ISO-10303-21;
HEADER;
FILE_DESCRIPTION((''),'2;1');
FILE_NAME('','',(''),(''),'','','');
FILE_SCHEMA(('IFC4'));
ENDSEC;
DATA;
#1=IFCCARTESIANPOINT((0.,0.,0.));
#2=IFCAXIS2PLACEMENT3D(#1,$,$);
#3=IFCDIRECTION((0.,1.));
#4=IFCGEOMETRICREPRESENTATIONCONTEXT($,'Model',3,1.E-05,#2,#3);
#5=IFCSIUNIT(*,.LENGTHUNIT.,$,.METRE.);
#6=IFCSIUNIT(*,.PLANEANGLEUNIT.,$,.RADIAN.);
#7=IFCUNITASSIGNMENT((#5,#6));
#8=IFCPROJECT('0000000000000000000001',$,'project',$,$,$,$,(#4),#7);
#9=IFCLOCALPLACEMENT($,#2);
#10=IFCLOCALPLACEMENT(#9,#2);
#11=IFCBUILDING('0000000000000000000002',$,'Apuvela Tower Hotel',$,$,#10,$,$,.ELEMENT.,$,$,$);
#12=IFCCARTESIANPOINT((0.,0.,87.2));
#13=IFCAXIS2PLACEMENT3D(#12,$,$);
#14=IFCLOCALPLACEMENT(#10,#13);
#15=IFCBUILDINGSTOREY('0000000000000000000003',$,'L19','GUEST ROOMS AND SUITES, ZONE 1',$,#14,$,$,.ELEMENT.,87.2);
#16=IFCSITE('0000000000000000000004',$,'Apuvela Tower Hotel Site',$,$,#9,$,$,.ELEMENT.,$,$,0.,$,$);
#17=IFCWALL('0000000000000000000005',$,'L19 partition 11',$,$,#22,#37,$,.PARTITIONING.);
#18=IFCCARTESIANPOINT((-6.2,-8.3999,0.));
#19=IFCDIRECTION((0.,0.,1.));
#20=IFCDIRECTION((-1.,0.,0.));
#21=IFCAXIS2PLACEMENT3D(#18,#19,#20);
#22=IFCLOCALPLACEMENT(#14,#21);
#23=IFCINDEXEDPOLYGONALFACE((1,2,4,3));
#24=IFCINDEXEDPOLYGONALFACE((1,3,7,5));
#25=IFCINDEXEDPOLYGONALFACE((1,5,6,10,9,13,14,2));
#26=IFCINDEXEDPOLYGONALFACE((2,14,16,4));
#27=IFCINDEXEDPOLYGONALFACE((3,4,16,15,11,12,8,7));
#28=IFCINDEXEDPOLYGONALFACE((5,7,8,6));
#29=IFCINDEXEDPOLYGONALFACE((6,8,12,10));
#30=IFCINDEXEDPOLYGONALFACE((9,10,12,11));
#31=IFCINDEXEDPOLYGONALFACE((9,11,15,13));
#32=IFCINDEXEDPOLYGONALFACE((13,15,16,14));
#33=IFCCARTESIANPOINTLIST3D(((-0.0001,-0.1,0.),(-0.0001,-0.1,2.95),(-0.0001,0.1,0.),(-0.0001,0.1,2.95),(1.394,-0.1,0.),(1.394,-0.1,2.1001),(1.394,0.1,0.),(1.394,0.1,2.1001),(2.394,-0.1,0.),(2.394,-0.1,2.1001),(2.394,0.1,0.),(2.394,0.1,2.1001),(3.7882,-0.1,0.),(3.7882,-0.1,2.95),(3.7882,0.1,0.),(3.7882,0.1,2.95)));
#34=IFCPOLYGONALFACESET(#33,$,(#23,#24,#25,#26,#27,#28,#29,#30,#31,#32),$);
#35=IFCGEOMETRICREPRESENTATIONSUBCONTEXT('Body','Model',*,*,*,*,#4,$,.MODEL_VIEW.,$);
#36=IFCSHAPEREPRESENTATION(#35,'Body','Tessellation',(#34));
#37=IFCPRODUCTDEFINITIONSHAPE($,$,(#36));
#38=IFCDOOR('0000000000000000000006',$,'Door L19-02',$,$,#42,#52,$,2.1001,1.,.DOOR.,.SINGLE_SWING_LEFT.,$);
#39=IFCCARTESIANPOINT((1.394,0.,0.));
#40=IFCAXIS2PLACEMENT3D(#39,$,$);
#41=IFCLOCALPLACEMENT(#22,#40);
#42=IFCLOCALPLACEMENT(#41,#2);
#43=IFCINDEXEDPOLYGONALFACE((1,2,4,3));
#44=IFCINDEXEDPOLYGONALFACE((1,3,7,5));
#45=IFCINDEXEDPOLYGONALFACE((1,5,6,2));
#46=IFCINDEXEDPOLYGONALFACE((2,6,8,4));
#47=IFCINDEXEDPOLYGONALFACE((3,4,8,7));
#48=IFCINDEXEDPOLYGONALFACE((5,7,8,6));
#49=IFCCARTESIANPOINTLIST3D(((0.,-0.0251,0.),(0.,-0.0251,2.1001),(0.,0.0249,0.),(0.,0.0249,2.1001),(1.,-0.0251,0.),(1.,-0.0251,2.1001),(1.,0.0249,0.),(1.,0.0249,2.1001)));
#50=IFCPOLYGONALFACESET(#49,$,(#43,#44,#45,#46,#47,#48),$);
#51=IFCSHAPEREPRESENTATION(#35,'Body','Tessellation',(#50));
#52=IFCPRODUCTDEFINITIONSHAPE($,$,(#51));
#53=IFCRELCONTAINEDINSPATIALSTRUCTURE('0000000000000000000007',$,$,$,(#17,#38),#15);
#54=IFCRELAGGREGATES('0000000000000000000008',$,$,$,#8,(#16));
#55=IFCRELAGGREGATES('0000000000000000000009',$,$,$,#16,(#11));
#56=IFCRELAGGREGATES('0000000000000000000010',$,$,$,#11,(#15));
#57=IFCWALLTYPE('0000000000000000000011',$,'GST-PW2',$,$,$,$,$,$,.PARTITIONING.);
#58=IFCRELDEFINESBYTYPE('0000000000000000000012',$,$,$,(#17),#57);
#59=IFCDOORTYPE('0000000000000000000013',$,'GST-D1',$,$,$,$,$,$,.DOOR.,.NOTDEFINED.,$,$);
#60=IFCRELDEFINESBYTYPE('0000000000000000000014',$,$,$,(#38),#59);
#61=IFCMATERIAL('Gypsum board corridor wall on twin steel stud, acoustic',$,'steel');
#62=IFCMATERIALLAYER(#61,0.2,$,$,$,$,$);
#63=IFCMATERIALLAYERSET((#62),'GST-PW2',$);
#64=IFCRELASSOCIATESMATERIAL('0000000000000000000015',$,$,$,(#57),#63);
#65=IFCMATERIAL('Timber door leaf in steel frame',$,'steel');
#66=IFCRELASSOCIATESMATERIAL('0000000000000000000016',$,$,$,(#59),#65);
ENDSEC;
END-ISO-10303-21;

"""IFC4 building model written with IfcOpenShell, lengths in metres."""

from ifc_helpers import new_model, si_unit, direction, frame, frame_2d, origin, place, context, subcontext, project, spatial, rectangle, extrude, material, layer, layer_set, type_object, element, fill, save


model = new_model("IFC4")

# Units and contexts
model_context = context("Model", 3, precision=1e-05, world=origin(), true_north=direction((0.0, 1.0)))
body_context = subcontext(model_context, "Body", "Model", "MODEL_VIEW")
ifc_project = project(units=[si_unit("LENGTHUNIT", "METRE"), si_unit("PLANEANGLEUNIT", "RADIAN")], contexts=[model_context])

# Site, building, storey
site_placement = place(None, origin())
site = spatial("IfcSite", under=ifc_project, at=site_placement, Name="Apuvela Tower Hotel Site", CompositionType="ELEMENT", RefElevation=0.0)
building_placement = place(site_placement, origin())
building = spatial("IfcBuilding", under=site, at=building_placement, Name="Apuvela Tower Hotel", CompositionType="ELEMENT")
storey_placement = place(building_placement, frame((0.0, 0.0, 87.2)))
storey = spatial("IfcBuildingStorey", under=building, at=storey_placement, Name="L19", Description="GUEST ROOMS AND SUITES, ZONE 1", CompositionType="ELEMENT", Elevation=87.2)

# Wall, opening, door
ifc_material_1 = material(Name="Gypsum board corridor wall on twin steel stud, acoustic", Category="steel")
ifc_layer_1 = layer(ifc_material_1, 0.2)
ifc_layer_set_1 = layer_set([ifc_layer_1], Name="GST-PW2")
wall_type_1 = type_object("IfcWallType", Name="GST-PW2", PredefinedType="PARTITIONING", material=ifc_layer_set_1)
wall_1_placement = place(storey_placement, frame((-6.2, -8.3999, 0.0), z_axis=(0.0, 0.0, 1.0), x_axis=(-1.0, 0.0, 0.0)))
wall_1 = element("IfcWall", 1, at=wall_1_placement, inside=storey, type_object=wall_type_1, Name="L19 partition 11", PredefinedType="PARTITIONING", context=body_context, shape_type="SweptSolid", body=[
    extrude(rectangle(XDim=3.7883, YDim=0.2, at=frame_2d((1.894, 0.0))), origin(), (0.0, 0.0, 1.0), 2.95),
])
opening_1_placement = place(wall_1_placement, frame((1.394, 0.0, 0.0)))
opening_1 = element("IfcOpeningElement", 2, at=opening_1_placement, cuts=wall_1, PredefinedType="OPENING", context=body_context, shape_type="SweptSolid", body=[
    extrude(rectangle(XDim=1.0, YDim=2.1001, at=frame_2d((0.5, 1.05))), frame((0.0, 0.1099, 0.0), z_axis=(0.0, -1.0, 0.0), x_axis=(1.0, 0.0, 0.0)), (0.0, 0.0, 1.0), 0.22),
])
ifc_material_2 = material(Name="Timber door leaf in steel frame", Category="steel")
door_type_1 = type_object("IfcDoorType", Name="GST-D1", OperationType="NOTDEFINED", PredefinedType="DOOR", material=ifc_material_2)
door_1_placement = place(opening_1_placement, origin())
door_1 = element("IfcDoor", 3, at=door_1_placement, inside=storey, type_object=door_type_1, Name="Door L19-02", OperationType="SINGLE_SWING_LEFT", OverallHeight=2.1001, OverallWidth=1.0, PredefinedType="DOOR", context=body_context, shape_type="SweptSolid", body=[
    extrude(rectangle(XDim=1.0, YDim=2.1001, at=frame_2d((0.5, 1.05))), frame((0.0, 0.0249, 0.0), z_axis=(0.0, -1.0, 0.0), x_axis=(1.0, 0.0, 0.0)), (0.0, 0.0, 1.0), 0.05),
])
fill(opening_1, door_1)

save(model, "model.ifc")
